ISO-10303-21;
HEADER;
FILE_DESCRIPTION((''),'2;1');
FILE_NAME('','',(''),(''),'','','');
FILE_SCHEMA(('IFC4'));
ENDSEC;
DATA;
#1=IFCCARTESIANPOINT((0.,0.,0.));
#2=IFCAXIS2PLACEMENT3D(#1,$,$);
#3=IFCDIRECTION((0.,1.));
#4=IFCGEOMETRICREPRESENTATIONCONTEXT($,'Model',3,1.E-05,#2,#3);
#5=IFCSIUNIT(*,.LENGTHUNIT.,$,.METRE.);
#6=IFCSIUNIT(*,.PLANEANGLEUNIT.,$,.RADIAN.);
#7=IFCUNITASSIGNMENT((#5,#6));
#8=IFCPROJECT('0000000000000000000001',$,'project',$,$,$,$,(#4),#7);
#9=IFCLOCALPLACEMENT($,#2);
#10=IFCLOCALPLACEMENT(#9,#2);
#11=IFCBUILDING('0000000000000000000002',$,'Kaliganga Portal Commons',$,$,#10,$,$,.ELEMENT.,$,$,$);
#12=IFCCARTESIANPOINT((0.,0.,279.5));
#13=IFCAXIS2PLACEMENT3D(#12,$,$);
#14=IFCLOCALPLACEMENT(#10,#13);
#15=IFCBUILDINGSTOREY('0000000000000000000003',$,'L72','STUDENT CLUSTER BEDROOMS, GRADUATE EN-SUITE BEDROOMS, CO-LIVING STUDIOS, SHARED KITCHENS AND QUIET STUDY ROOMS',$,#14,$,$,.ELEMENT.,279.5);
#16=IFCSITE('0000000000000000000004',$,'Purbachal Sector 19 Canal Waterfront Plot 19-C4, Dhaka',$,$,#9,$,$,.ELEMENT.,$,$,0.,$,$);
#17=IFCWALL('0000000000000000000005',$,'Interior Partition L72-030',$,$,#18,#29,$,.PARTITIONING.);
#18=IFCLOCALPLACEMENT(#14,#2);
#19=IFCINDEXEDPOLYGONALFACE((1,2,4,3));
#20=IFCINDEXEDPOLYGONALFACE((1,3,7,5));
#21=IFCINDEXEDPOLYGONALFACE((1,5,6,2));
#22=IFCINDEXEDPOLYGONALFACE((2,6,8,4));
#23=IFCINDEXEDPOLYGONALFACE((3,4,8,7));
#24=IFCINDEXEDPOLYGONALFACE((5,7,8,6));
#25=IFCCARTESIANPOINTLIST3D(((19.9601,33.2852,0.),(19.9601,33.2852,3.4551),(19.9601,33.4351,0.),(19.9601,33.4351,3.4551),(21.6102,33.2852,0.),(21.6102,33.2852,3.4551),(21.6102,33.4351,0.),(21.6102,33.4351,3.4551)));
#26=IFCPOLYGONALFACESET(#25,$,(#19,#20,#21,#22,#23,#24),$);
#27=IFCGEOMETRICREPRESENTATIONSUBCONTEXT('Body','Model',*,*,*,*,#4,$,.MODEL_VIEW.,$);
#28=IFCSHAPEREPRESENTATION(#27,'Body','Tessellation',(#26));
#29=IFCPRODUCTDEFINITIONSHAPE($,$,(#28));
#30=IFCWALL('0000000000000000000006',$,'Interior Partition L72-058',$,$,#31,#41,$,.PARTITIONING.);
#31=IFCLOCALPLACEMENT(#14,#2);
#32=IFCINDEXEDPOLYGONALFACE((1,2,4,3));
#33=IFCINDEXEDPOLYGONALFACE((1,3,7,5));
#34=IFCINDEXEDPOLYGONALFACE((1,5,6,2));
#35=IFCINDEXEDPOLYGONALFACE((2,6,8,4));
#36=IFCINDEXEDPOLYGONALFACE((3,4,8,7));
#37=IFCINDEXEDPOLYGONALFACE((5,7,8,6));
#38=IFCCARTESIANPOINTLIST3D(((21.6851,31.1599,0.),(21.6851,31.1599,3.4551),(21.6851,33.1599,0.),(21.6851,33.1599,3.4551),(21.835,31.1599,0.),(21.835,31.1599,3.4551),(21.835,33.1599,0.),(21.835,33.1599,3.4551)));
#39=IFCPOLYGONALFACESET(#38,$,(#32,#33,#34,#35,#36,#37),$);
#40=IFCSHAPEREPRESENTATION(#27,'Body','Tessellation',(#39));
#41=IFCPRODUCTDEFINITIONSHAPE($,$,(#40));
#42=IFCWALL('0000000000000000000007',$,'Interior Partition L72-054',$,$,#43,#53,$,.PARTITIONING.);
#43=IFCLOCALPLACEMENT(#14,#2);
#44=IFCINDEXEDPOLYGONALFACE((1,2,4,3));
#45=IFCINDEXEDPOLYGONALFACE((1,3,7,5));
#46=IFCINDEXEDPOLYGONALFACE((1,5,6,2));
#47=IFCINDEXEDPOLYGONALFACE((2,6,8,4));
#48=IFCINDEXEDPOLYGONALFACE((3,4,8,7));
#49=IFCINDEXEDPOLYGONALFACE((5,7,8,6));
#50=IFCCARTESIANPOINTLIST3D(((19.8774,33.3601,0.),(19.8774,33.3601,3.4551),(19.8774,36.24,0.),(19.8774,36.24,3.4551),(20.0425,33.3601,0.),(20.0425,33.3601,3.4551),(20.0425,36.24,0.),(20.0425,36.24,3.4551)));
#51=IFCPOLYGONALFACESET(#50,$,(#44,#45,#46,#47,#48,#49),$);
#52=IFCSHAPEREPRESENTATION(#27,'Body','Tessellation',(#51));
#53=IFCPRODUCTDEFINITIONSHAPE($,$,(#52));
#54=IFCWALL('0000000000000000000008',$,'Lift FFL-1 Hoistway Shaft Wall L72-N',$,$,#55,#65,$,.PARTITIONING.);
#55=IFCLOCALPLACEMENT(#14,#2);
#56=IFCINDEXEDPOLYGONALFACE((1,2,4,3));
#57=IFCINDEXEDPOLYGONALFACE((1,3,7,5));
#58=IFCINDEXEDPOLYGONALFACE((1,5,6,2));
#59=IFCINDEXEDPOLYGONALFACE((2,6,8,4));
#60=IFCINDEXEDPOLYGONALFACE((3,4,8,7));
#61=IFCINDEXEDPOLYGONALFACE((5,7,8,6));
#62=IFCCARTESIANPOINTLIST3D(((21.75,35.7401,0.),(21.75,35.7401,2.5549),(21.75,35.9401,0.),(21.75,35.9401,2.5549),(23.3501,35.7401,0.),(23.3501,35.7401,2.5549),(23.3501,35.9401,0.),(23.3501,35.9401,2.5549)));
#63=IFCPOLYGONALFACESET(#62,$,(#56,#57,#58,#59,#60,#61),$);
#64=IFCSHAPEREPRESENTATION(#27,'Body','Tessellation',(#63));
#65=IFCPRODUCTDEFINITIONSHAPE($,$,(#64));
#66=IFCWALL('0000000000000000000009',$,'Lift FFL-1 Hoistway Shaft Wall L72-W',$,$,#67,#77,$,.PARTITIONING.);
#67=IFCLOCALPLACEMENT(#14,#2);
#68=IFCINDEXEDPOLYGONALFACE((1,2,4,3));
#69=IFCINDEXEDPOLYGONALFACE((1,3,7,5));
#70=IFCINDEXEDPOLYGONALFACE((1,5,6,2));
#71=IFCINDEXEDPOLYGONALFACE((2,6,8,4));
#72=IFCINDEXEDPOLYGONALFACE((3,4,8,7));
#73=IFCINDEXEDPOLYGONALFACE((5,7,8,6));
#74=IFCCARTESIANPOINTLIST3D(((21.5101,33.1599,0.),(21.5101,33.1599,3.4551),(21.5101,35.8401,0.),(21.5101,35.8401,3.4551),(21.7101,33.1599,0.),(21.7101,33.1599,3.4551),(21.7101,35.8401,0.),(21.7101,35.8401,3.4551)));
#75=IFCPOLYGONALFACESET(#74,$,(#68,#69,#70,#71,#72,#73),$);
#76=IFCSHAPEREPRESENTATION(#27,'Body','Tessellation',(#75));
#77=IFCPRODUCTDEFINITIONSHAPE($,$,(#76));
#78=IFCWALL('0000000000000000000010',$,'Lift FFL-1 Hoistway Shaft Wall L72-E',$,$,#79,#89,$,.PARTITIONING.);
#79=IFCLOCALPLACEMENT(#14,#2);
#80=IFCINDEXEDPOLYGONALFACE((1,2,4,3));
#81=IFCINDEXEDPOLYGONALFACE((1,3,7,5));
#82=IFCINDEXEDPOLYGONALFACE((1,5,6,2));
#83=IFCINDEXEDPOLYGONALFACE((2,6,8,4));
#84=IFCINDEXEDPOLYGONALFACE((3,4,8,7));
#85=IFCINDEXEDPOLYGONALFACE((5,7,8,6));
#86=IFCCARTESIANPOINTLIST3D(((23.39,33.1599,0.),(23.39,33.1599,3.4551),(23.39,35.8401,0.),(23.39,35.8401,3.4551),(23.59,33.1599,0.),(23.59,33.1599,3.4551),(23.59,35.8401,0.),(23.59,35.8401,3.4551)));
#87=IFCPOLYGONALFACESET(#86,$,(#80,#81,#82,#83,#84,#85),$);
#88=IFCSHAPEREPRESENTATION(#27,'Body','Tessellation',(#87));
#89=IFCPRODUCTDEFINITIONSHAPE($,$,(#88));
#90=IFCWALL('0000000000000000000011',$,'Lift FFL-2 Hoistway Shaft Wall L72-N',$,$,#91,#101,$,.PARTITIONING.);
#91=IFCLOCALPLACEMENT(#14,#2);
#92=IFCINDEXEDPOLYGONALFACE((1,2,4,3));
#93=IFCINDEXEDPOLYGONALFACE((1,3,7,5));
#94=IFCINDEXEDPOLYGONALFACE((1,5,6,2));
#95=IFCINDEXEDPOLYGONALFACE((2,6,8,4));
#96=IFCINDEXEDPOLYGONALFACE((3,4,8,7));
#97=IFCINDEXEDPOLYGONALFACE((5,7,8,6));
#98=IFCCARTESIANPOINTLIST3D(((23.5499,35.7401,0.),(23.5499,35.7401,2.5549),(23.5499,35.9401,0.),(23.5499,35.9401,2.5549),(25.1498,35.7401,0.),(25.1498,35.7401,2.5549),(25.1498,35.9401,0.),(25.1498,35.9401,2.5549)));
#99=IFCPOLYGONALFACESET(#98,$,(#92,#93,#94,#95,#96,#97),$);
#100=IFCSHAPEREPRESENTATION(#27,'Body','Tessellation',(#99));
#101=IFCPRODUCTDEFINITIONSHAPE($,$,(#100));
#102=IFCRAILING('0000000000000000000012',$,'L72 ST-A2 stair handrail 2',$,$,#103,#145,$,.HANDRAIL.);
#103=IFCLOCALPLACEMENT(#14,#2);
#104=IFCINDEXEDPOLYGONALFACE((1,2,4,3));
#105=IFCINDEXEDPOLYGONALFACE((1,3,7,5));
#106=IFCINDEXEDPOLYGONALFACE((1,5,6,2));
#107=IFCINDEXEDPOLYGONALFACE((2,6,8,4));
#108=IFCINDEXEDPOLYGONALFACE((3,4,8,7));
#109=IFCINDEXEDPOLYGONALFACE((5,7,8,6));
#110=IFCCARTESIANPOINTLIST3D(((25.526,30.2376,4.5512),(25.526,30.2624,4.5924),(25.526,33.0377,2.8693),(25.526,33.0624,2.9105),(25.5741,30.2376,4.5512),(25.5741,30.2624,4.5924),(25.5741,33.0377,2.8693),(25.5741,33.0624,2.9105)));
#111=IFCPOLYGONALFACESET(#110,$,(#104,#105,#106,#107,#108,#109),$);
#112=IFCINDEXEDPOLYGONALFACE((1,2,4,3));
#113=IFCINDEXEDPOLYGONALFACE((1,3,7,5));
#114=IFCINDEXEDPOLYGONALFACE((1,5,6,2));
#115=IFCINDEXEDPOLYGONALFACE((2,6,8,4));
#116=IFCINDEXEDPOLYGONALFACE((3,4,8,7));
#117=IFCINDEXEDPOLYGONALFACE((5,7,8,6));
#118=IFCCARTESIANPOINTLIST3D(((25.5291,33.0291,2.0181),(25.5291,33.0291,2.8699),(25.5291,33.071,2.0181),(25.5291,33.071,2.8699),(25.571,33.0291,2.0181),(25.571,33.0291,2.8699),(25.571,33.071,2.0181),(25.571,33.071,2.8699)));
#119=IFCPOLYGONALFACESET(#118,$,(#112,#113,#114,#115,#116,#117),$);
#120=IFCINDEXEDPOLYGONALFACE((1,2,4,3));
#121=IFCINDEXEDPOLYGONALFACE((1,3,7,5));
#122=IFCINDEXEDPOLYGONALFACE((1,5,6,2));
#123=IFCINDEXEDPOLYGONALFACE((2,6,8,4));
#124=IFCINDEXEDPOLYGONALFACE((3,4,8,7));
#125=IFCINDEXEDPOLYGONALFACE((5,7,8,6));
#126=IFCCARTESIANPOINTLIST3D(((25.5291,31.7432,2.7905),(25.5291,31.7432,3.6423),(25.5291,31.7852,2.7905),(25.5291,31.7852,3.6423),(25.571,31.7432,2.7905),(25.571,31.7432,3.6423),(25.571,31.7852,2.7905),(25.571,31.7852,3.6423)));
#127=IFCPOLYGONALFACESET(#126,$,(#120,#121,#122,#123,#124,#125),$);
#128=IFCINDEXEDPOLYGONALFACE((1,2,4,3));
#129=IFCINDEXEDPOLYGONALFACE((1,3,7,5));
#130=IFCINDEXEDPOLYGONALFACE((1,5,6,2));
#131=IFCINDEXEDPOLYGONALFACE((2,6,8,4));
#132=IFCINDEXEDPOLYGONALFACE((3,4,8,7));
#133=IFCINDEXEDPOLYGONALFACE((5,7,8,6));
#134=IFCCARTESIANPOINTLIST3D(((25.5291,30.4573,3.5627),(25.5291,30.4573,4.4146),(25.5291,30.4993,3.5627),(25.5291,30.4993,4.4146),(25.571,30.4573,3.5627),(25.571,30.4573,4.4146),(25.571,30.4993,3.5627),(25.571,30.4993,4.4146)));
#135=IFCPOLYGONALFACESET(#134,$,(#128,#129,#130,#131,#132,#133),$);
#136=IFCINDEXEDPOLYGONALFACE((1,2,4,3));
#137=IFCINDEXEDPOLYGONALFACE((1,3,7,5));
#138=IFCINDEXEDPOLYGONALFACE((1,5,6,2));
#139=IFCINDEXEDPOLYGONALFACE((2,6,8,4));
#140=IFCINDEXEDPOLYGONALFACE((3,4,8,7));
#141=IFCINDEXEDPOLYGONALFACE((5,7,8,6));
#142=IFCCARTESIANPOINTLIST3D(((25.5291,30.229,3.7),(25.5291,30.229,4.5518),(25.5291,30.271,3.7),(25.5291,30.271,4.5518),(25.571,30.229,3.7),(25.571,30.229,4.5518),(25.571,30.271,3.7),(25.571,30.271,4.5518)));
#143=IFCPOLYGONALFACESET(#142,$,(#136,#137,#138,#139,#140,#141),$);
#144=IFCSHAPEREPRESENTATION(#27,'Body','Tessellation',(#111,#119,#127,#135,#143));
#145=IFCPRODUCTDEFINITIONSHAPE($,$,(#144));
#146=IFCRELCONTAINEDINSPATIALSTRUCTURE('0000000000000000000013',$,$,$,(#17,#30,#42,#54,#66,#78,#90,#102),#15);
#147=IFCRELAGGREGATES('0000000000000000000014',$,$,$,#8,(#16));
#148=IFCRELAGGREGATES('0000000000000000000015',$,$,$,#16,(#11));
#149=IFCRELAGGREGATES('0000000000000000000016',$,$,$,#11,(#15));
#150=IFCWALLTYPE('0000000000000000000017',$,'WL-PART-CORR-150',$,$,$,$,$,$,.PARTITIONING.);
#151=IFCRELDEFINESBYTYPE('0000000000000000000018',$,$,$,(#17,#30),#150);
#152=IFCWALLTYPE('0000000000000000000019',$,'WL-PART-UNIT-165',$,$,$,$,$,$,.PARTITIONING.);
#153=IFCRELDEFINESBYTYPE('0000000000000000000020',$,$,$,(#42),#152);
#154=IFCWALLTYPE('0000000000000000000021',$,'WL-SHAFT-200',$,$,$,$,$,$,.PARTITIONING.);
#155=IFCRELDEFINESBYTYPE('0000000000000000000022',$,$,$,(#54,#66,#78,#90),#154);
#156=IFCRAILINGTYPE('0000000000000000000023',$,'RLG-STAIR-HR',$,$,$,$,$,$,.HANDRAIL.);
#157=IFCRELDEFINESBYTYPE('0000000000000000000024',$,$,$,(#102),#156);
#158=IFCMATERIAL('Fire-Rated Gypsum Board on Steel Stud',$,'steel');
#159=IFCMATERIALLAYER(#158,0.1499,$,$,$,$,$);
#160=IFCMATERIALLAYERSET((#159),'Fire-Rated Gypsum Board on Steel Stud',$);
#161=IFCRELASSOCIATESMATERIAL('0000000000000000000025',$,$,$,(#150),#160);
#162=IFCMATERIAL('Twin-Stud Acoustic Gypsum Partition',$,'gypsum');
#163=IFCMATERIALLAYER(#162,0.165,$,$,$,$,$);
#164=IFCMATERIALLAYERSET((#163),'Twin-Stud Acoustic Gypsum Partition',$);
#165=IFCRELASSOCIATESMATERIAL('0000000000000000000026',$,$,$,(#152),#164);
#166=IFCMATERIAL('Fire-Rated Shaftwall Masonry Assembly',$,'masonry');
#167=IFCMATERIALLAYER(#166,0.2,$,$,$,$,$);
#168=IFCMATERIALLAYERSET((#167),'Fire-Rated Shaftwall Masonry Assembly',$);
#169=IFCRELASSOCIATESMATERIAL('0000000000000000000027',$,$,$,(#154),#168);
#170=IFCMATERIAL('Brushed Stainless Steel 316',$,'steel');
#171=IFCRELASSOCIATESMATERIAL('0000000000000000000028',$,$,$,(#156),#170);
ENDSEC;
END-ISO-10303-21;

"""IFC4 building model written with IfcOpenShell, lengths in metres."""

from ifc_helpers import new_model, si_unit, direction, frame, frame_2d, origin, origin_2d, place, context, subcontext, project, spatial, rectangle, extrude, material, layer, layer_set, type_object, element, save


model = new_model("IFC4")

# Units and contexts
model_context = context("Model", 3, precision=1e-05, world=origin(), true_north=direction((0.0, 1.0)))
body_context = subcontext(model_context, "Body", "Model", "MODEL_VIEW")
ifc_project = project(units=[si_unit("LENGTHUNIT", "METRE"), si_unit("PLANEANGLEUNIT", "RADIAN")], contexts=[model_context])

# Site, building, storey
site_placement = place(None, origin())
site = spatial("IfcSite", under=ifc_project, at=site_placement, Name="Purbachal Sector 19 Canal Waterfront Plot 19-C4, Dhaka", CompositionType="ELEMENT", RefElevation=0.0)
building_placement = place(site_placement, origin())
building = spatial("IfcBuilding", under=site, at=building_placement, Name="Kaliganga Portal Commons", CompositionType="ELEMENT")
storey_placement = place(building_placement, frame((0.0, 0.0, 279.5)))
storey = spatial("IfcBuildingStorey", under=building, at=storey_placement, Name="L72", Description="STUDENT CLUSTER BEDROOMS, GRADUATE EN-SUITE BEDROOMS, CO-LIVING STUDIOS, SHARED KITCHENS AND QUIET STUDY ROOMS", CompositionType="ELEMENT", Elevation=279.5)

# Walls
ifc_material_1 = material(Name="Fire-Rated Gypsum Board on Steel Stud", Category="steel")
ifc_layer_1 = layer(ifc_material_1, 0.1499)
ifc_layer_set_1 = layer_set([ifc_layer_1], Name="Fire-Rated Gypsum Board on Steel Stud")
wall_type_1 = type_object("IfcWallType", Name="WL-PART-CORR-150", PredefinedType="PARTITIONING", material=ifc_layer_set_1)
wall_1_placement = place(storey_placement, frame((19.96, 33.3601, 0.0), z_axis=(0.0, 0.0, 1.0), x_axis=(1.0, 0.0, 0.0)))
element("IfcWall", 1, at=wall_1_placement, inside=storey, type_object=wall_type_1, Name="Interior Partition L72-030", PredefinedType="PARTITIONING", context=body_context, shape_type="SweptSolid", body=[
    extrude(rectangle(XDim=1.6501, YDim=0.1499, at=frame_2d((0.8252, 0.0))), origin(), (0.0, 0.0, 1.0), 3.4551),
])
wall_2_placement = place(storey_placement, frame((21.76, 31.1599, 0.0), z_axis=(0.0, 0.0, 1.0), x_axis=(0.0, 1.0, 0.0)))
element("IfcWall", 2, at=wall_2_placement, inside=storey, type_object=wall_type_1, Name="Interior Partition L72-058", PredefinedType="PARTITIONING", context=body_context, shape_type="SweptSolid", body=[
    extrude(rectangle(XDim=2.0, YDim=0.1499, at=frame_2d((1.0, 0.0))), origin(), (0.0, 0.0, 1.0), 3.4551),
])
ifc_material_2 = material(Name="Twin-Stud Acoustic Gypsum Partition", Category="gypsum")
ifc_layer_2 = layer(ifc_material_2, 0.165)
ifc_layer_set_2 = layer_set([ifc_layer_2], Name="Twin-Stud Acoustic Gypsum Partition")
wall_type_2 = type_object("IfcWallType", Name="WL-PART-UNIT-165", PredefinedType="PARTITIONING", material=ifc_layer_set_2)
wall_3_placement = place(storey_placement, frame((19.96, 33.3601, 0.0), z_axis=(0.0, 0.0, 1.0), x_axis=(0.0, 1.0, 0.0)))
element("IfcWall", 3, at=wall_3_placement, inside=storey, type_object=wall_type_2, Name="Interior Partition L72-054", PredefinedType="PARTITIONING", context=body_context, shape_type="SweptSolid", body=[
    extrude(rectangle(XDim=2.8799, YDim=0.165, at=frame_2d((1.4399, 0.0))), origin(), (0.0, 0.0, 1.0), 3.4551),
])

# Shared definitions
ifc_material_3 = material(Name="Fire-Rated Shaftwall Masonry Assembly", Category="masonry")
ifc_layer_3 = layer(ifc_material_3, 0.2)
ifc_layer_set_3 = layer_set([ifc_layer_3], Name="Fire-Rated Shaftwall Masonry Assembly")
wall_type_3 = type_object("IfcWallType", Name="WL-SHAFT-200", PredefinedType="PARTITIONING", material=ifc_layer_set_3)

# Walls
wall_4_placement = place(storey_placement, frame((21.75, 35.8401, 0.0), z_axis=(0.0, 0.0, 1.0), x_axis=(1.0, 0.0, 0.0)))
element("IfcWall", 4, at=wall_4_placement, inside=storey, type_object=wall_type_3, Name="Lift FFL-1 Hoistway Shaft Wall L72-N", PredefinedType="PARTITIONING", context=body_context, shape_type="SweptSolid", body=[
    extrude(rectangle(XDim=1.6001, YDim=0.2, at=frame_2d((0.8, 0.0))), origin(), (0.0, 0.0, 1.0), 2.5549),
])
for number, where, z_axis, x_axis, name in (
    (5, (21.6101, 33.1599, 0.0), (0.0, 0.0, 1.0), (0.0, 1.0, 0.0), "Lift FFL-1 Hoistway Shaft Wall L72-W"),
    (6, (23.49, 33.1599, 0.0), (0.0, 0.0, 1.0), (0.0, 1.0, 0.0), "Lift FFL-1 Hoistway Shaft Wall L72-E"),
):
    element("IfcWall", number, at=place(storey_placement, frame(where, z_axis=z_axis, x_axis=x_axis)), inside=storey, type_object=wall_type_3, Name=name, PredefinedType="PARTITIONING", context=body_context, shape_type="SweptSolid", body=[
        extrude(rectangle(XDim=2.6802, YDim=0.2, at=frame_2d((1.3401, 0.0))), origin(), (0.0, 0.0, 1.0), 3.4551),
    ])

# Wall
wall_5_placement = place(storey_placement, frame((23.55, 35.8401, 0.0), z_axis=(0.0, 0.0, 1.0), x_axis=(1.0, 0.0, 0.0)))
element("IfcWall", 7, at=wall_5_placement, inside=storey, type_object=wall_type_3, Name="Lift FFL-2 Hoistway Shaft Wall L72-N", PredefinedType="PARTITIONING", context=body_context, shape_type="SweptSolid", body=[
    extrude(rectangle(XDim=1.5999, YDim=0.2, at=frame_2d((0.7998, 0.0))), origin(), (0.0, 0.0, 1.0), 2.5549),
])

# Railing
ifc_material_4 = material(Name="Brushed Stainless Steel 316", Category="steel")
railing_type = type_object("IfcRailingType", Name="RLG-STAIR-HR", PredefinedType="HANDRAIL", material=ifc_material_4)
railing_placement = place(storey_placement, frame((25.55, 33.05, 2.0181)))
element("IfcRailing", 8, at=railing_placement, inside=storey, type_object=railing_type, Name="L72 ST-A2 stair handrail 2", PredefinedType="HANDRAIL", context=body_context, shape_type="SweptSolid", body=[
    extrude(rectangle(XDim=0.0481, YDim=0.0481, at=origin_2d()), frame((0.0, 0.0, 0.8718), z_axis=(0.0, -0.857242, 0.514913), x_axis=(1.0, 0.0, 0.0)), (0.0, 0.0, 1.0), 3.2664),
    extrude(rectangle(XDim=0.042, YDim=0.042, at=origin_2d()), origin(), (0.0, 0.0, 1.0), 0.8518),
    extrude(rectangle(XDim=0.042, YDim=0.042, at=origin_2d()), frame((0.0, -1.2859, 0.7725)), (0.0, 0.0, 1.0), 0.8518),
    extrude(rectangle(XDim=0.042, YDim=0.042, at=origin_2d()), frame((0.0, -2.5718, 1.5447)), (0.0, 0.0, 1.0), 0.8518),
    extrude(rectangle(XDim=0.042, YDim=0.042, at=origin_2d()), frame((0.0, -2.8, 1.6819)), (0.0, 0.0, 1.0), 0.8518),
])

save(model, "model.ifc")
